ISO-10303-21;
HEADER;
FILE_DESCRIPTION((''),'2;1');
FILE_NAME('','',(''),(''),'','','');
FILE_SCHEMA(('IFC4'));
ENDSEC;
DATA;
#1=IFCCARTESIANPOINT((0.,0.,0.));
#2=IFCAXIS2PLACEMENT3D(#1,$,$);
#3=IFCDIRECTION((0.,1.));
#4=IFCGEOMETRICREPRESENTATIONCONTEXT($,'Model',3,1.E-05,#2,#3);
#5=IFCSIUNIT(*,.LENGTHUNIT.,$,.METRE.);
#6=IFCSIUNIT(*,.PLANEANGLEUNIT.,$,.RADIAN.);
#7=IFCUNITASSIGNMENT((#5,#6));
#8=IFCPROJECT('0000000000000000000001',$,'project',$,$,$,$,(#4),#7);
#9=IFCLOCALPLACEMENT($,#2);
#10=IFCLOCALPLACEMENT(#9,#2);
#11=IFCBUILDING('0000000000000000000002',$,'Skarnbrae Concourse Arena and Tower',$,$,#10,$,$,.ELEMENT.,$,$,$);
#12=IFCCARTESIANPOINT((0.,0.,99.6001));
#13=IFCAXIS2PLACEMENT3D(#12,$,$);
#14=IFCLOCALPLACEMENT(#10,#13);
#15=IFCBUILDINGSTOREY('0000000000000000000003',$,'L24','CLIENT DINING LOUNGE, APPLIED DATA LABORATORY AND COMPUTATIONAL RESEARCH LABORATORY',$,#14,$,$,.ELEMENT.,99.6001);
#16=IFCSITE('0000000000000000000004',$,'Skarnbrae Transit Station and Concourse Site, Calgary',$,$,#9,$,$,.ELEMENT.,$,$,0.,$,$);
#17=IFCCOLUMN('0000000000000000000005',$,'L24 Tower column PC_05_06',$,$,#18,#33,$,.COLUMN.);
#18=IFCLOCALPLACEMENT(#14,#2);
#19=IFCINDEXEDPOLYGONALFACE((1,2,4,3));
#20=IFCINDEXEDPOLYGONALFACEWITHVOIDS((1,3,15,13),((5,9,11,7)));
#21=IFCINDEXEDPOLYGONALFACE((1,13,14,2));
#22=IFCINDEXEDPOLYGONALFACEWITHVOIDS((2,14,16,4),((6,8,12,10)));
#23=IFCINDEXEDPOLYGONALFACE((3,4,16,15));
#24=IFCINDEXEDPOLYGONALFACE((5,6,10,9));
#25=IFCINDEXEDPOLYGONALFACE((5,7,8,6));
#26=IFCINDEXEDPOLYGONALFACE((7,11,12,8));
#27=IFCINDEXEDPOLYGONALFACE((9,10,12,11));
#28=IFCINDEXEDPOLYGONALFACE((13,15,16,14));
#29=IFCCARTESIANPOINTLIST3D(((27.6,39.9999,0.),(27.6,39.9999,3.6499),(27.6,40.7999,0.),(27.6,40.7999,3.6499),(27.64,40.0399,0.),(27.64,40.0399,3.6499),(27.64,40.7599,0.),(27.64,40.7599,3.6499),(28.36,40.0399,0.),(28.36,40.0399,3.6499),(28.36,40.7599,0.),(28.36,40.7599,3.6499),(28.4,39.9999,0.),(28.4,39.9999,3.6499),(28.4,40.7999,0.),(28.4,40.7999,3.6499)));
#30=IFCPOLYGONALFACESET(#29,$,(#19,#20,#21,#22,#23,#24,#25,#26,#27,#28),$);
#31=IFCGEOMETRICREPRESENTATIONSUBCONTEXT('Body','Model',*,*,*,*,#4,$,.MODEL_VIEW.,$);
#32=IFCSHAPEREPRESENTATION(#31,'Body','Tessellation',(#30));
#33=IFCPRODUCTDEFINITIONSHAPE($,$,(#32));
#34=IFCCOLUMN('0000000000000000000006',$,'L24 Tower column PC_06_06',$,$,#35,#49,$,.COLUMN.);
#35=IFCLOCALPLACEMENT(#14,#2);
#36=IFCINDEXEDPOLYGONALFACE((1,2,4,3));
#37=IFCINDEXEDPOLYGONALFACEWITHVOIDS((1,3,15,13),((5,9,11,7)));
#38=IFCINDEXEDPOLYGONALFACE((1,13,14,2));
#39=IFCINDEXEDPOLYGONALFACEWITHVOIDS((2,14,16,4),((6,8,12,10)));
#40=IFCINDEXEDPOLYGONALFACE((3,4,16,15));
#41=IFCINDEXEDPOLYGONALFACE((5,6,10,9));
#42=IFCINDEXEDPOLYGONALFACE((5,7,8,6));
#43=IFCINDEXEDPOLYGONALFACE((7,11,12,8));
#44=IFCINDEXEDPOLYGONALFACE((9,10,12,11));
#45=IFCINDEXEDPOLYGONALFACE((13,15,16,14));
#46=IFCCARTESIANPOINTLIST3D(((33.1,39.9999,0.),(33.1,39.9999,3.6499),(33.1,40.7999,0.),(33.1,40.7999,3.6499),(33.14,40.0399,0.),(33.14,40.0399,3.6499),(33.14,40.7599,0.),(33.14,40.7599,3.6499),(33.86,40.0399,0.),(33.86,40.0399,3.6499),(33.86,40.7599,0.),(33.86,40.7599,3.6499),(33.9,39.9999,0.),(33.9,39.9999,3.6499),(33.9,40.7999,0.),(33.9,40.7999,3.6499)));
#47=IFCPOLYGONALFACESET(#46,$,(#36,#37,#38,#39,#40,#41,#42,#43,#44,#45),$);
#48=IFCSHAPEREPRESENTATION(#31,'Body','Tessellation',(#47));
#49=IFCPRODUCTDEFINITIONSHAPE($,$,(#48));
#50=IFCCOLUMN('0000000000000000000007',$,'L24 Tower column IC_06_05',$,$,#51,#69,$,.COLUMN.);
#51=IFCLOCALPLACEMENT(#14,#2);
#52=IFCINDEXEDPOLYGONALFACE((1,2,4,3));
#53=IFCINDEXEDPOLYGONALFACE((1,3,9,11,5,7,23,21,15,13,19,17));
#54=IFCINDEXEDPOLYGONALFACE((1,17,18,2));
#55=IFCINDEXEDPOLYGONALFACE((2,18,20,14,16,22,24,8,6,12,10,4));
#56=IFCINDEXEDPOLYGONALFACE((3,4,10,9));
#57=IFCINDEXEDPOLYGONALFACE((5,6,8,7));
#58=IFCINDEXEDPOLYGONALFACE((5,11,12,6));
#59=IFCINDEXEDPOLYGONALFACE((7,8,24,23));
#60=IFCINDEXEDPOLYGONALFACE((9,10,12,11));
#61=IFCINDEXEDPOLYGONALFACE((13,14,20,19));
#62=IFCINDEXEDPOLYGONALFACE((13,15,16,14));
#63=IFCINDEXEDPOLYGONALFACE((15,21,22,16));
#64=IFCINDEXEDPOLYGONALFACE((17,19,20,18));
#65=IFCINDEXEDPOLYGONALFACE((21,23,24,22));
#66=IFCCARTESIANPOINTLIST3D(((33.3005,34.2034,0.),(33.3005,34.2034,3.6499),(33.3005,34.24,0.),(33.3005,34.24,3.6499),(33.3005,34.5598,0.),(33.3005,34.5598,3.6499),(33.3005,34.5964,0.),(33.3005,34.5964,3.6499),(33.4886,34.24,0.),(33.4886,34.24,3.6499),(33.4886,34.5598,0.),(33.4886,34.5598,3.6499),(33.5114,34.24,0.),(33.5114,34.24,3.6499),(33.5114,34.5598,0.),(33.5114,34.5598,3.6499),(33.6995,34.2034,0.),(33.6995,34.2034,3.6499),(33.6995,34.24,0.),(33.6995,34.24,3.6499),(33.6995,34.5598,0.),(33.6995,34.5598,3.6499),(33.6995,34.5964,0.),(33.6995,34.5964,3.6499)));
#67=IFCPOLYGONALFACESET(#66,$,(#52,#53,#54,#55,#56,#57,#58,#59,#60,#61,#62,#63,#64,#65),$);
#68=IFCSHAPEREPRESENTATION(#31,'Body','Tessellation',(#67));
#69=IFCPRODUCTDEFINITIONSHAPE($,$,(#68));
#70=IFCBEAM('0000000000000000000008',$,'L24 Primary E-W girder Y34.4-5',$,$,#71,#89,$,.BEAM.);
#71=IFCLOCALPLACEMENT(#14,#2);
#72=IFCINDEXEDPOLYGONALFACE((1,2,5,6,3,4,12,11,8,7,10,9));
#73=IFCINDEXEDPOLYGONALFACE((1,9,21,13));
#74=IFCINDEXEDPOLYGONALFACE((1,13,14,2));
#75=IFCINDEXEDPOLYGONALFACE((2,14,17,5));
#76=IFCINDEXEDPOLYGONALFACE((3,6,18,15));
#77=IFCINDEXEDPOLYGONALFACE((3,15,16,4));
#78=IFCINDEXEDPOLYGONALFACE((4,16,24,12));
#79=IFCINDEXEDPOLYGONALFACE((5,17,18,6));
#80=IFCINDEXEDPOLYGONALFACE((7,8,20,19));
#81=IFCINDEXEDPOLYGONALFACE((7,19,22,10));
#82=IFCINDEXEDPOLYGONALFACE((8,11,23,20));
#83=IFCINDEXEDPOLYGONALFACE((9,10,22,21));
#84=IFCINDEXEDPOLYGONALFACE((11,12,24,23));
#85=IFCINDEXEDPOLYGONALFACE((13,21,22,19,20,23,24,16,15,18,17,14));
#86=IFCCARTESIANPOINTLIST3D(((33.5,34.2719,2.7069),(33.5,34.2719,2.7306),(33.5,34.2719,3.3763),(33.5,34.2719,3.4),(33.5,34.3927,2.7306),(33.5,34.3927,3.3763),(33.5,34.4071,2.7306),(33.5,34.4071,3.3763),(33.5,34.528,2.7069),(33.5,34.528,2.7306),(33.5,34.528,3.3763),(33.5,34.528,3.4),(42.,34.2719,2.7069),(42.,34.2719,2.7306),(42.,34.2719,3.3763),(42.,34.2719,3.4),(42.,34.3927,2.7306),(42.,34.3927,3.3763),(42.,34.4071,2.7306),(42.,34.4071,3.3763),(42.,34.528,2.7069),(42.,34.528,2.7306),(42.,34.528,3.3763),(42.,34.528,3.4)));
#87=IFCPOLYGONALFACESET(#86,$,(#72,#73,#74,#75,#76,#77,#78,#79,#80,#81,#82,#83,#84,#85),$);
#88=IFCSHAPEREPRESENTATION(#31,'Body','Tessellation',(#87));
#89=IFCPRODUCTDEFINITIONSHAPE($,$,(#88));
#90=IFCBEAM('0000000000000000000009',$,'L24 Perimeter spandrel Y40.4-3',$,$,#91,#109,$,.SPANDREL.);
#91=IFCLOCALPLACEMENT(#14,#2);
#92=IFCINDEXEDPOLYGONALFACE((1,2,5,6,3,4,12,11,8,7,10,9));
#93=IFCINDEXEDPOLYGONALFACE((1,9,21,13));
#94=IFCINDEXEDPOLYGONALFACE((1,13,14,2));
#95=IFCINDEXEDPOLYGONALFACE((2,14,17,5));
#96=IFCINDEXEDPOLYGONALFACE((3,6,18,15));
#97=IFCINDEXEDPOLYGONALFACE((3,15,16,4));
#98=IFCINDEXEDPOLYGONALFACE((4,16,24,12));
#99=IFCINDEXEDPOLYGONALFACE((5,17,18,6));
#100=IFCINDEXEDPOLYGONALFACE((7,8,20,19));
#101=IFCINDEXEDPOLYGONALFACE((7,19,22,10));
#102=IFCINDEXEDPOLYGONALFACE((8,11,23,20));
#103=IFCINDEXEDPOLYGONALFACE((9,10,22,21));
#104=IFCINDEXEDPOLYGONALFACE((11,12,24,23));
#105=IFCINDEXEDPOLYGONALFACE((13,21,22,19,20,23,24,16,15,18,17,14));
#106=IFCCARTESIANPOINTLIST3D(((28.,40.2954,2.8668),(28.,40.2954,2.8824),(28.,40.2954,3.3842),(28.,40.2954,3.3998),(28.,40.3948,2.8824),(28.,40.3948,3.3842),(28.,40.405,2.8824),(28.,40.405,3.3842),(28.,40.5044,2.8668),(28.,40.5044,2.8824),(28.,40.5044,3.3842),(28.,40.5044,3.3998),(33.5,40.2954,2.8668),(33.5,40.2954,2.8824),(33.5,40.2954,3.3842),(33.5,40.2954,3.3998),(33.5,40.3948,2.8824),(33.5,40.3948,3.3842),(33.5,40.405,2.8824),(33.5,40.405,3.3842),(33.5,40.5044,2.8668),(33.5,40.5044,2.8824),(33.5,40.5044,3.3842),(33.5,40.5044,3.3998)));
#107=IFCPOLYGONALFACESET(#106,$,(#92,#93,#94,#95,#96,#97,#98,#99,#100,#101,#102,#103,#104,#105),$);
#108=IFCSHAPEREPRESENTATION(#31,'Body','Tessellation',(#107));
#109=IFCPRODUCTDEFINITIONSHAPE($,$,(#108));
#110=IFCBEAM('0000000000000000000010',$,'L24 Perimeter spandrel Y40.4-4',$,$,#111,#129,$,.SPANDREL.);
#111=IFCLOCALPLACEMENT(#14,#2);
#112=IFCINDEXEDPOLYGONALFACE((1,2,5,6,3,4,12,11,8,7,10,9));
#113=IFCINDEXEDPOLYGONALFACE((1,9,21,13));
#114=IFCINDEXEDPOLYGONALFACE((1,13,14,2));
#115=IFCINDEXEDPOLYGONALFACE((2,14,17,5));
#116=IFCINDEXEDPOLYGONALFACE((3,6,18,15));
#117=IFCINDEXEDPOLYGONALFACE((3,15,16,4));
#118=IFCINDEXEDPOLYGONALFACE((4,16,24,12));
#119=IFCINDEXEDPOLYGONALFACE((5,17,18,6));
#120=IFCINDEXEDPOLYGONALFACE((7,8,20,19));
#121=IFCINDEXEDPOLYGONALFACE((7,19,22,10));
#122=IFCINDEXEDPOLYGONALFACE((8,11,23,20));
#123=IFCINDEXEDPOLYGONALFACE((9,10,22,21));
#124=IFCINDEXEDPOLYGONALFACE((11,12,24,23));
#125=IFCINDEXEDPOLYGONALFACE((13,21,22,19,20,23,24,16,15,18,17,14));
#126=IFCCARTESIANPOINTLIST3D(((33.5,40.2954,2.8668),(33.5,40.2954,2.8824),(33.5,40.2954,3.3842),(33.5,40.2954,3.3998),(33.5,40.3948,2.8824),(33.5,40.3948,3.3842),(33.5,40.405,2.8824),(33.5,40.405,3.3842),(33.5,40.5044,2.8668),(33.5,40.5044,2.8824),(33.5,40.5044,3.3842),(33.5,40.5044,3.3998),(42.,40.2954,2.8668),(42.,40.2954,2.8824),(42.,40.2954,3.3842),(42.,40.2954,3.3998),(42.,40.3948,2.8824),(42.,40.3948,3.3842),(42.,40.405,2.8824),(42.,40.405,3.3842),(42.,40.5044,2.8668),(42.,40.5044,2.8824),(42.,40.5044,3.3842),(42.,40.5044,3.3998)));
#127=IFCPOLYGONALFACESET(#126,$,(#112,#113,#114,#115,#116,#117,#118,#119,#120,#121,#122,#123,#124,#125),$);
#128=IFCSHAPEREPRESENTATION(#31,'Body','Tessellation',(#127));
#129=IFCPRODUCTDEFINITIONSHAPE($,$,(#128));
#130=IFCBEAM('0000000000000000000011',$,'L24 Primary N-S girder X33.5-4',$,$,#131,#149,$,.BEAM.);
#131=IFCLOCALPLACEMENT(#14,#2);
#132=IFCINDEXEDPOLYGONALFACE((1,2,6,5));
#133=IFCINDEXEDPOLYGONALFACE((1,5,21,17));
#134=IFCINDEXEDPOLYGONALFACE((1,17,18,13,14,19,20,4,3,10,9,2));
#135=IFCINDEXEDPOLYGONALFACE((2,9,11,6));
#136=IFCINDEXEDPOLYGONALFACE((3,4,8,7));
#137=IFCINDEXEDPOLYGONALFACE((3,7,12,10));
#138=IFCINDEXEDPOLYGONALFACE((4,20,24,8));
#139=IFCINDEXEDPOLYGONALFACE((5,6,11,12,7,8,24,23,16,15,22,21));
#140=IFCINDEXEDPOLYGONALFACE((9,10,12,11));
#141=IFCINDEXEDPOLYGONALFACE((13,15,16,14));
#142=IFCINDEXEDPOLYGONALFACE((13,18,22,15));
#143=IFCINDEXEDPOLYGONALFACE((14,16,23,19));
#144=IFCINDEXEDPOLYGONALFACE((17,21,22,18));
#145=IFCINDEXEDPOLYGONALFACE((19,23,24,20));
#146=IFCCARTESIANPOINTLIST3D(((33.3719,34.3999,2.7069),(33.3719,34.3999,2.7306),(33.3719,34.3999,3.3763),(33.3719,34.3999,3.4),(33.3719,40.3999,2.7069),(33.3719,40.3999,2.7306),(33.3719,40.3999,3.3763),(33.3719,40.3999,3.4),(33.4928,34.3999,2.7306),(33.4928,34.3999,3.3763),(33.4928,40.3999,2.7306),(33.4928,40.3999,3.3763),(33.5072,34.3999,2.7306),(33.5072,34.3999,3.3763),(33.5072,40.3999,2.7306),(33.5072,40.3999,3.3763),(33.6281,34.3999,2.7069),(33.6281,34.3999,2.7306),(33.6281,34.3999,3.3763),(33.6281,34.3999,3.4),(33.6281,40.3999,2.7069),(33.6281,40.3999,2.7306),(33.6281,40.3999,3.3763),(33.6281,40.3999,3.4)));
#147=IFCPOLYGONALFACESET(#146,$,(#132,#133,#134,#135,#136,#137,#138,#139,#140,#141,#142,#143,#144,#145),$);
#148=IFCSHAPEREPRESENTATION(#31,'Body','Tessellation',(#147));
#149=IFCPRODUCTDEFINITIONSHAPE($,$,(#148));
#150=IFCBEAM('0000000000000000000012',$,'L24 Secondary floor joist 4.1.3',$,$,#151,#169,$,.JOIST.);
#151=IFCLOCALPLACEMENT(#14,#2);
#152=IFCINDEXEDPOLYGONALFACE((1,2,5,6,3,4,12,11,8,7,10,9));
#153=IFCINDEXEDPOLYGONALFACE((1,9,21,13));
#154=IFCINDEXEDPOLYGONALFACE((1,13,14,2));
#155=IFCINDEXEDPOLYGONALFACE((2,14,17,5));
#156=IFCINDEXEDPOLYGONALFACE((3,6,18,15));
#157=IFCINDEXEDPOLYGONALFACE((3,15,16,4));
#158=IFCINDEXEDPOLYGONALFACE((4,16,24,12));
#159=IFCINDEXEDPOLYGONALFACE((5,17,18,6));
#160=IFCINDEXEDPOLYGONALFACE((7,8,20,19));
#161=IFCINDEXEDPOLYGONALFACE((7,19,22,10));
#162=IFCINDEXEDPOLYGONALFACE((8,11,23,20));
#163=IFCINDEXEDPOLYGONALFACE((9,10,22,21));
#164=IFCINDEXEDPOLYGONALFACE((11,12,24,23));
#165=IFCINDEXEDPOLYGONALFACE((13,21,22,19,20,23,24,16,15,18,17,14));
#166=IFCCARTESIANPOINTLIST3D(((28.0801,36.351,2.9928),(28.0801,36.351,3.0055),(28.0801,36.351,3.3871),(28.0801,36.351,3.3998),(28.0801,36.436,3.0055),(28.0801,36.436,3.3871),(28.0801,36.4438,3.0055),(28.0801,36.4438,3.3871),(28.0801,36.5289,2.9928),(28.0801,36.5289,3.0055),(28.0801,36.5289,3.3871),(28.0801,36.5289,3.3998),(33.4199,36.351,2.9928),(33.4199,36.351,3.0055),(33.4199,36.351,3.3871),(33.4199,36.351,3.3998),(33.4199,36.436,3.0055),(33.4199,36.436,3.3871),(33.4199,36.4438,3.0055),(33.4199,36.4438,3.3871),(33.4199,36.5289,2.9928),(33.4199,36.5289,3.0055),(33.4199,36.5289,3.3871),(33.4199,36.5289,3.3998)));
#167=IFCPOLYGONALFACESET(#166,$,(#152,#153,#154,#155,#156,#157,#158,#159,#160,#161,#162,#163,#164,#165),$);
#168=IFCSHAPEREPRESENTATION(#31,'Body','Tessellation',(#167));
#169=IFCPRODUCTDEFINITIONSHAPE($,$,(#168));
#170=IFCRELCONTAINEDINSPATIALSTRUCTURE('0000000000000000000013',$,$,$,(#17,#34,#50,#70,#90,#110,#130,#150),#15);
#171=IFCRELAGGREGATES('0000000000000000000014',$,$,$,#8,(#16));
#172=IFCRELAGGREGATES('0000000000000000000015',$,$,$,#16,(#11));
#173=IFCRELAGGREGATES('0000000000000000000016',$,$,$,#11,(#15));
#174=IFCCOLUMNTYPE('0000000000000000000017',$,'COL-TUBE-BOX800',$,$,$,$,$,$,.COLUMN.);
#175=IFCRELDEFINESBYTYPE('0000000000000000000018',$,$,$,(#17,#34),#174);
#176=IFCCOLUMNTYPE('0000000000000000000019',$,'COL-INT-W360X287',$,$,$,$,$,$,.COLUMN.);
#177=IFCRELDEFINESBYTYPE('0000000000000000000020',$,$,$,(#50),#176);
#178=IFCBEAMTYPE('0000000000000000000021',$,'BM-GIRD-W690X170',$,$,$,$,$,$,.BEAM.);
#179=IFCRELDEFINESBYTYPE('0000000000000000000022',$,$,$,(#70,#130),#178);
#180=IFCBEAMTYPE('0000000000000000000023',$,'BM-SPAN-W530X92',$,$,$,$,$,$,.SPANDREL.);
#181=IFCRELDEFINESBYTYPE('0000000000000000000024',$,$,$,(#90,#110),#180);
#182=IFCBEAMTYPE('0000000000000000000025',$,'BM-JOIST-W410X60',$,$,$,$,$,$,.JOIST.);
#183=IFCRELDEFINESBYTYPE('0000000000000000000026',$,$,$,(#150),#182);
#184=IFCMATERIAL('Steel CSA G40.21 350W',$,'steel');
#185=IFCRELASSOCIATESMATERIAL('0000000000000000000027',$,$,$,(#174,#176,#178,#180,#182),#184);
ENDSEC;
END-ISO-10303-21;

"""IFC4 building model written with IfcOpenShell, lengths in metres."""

from ifc_helpers import new_model, si_unit, direction, frame, origin, origin_2d, place, context, subcontext, project, spatial, hollow_rectangle, i_section, extrude, source, transform, mapped, material, material_profile, profile_set, type_object, element, save


model = new_model("IFC4")

# Units and contexts
model_context = context("Model", 3, precision=1e-05, world=origin(), true_north=direction((0.0, 1.0)))
body_context = subcontext(model_context, "Body", "Model", "MODEL_VIEW")
ifc_project = project(units=[si_unit("LENGTHUNIT", "METRE"), si_unit("PLANEANGLEUNIT", "RADIAN")], contexts=[model_context])

# Site, building, storey
site_placement = place(None, origin())
site = spatial("IfcSite", under=ifc_project, at=site_placement, Name="Skarnbrae Transit Station and Concourse Site, Calgary", CompositionType="ELEMENT", RefElevation=0.0)
building_placement = place(site_placement, origin())
building = spatial("IfcBuilding", under=site, at=building_placement, Name="Skarnbrae Concourse Arena and Tower", CompositionType="ELEMENT")
storey_placement = place(building_placement, frame((0.0, 0.0, 99.6001)))
storey = spatial("IfcBuildingStorey", under=building, at=storey_placement, Name="L24", Description="CLIENT DINING LOUNGE, APPLIED DATA LABORATORY AND COMPUTATIONAL RESEARCH LABORATORY", CompositionType="ELEMENT", Elevation=99.6001)

# Columns
ifc_material_1 = material(Name="Steel CSA G40.21 350W", Category="steel")
ifc_material_profile_1 = material_profile(ifc_material_1, hollow_rectangle(XDim=0.8, YDim=0.8, WallThickness=0.04, at=origin_2d()), Name="BOX800X800X40")
ifc_profile_set_1 = profile_set([ifc_material_profile_1], Name="Steel CSA G40.21 350W")
column_type_1 = type_object("IfcColumnType", Name="COL-TUBE-BOX800", PredefinedType="COLUMN", material=ifc_profile_set_1)
shared_shape_1 = source(origin(), body_context, "Body", "SweptSolid", [
    extrude(hollow_rectangle(XDim=0.8, YDim=0.8, WallThickness=0.04, at=origin_2d()), origin(), (0.0, 0.0, 1.0), 3.6499),
])
for number, where, z_axis, x_axis, name in (
    (1, (28.0, 40.3999, 0.0), (0.0, 0.0, 1.0), (1.0, 0.0, 0.0), "L24 Tower column PC_05_06"),
    (2, (33.5, 40.3999, 0.0), (0.0, 0.0, 1.0), (1.0, 0.0, 0.0), "L24 Tower column PC_06_06"),
):
    element("IfcColumn", number, at=place(storey_placement, frame(where, z_axis=z_axis, x_axis=x_axis)), inside=storey, type_object=column_type_1, Name=name, PredefinedType="COLUMN", context=body_context, shape_type="MappedRepresentation", body=[
        mapped(shared_shape_1, transform((0.0, 0.0, 0.0))),
    ])
ifc_material_profile_2 = material_profile(ifc_material_1, i_section(OverallWidth=0.3989, OverallDepth=0.3931, WebThickness=0.0227, FlangeThickness=0.0366, at=origin_2d()), Name="W360X287")
ifc_profile_set_2 = profile_set([ifc_material_profile_2], Name="Steel CSA G40.21 350W")
column_type_2 = type_object("IfcColumnType", Name="COL-INT-W360X287", PredefinedType="COLUMN", material=ifc_profile_set_2)
shared_shape_2 = source(origin(), body_context, "Body", "SweptSolid", [
    extrude(i_section(OverallWidth=0.3989, OverallDepth=0.3931, WebThickness=0.0227, FlangeThickness=0.0366, at=origin_2d()), origin(), (0.0, 0.0, 1.0), 3.6499),
])
column_placement = place(storey_placement, frame((33.5, 34.3999, 0.0), z_axis=(0.0, 0.0, 1.0), x_axis=(1.0, 0.0, 0.0)))
element("IfcColumn", 3, at=column_placement, inside=storey, type_object=column_type_2, Name="L24 Tower column IC_06_05", PredefinedType="COLUMN", context=body_context, shape_type="MappedRepresentation", body=[
    mapped(shared_shape_2, transform((0.0, 0.0, 0.0))),
])

# Beams
ifc_material_profile_3 = material_profile(ifc_material_1, i_section(OverallWidth=0.2561, OverallDepth=0.6931, WebThickness=0.0144, FlangeThickness=0.0237, at=origin_2d()), Name="W690X170")
ifc_profile_set_3 = profile_set([ifc_material_profile_3], Name="Steel CSA G40.21 350W")
beam_type_1 = type_object("IfcBeamType", Name="BM-GIRD-W690X170", PredefinedType="BEAM", material=ifc_profile_set_3)
shared_shape_3 = source(origin(), body_context, "Body", "SweptSolid", [
    extrude(i_section(OverallWidth=0.2561, OverallDepth=0.6931, WebThickness=0.0144, FlangeThickness=0.0237, at=origin_2d()), origin(), (0.0, 0.0, 1.0), 8.5),
])
beam_1_placement = place(storey_placement, frame((33.5, 34.3999, 3.0535), z_axis=(1.0, 0.0, 0.0), x_axis=(0.0, 1.0, 0.0)))
element("IfcBeam", 4, at=beam_1_placement, inside=storey, type_object=beam_type_1, Name="L24 Primary E-W girder Y34.4-5", PredefinedType="BEAM", context=body_context, shape_type="MappedRepresentation", body=[
    mapped(shared_shape_3, transform((0.0, 0.0, 0.0))),
])
ifc_material_profile_4 = material_profile(ifc_material_1, i_section(OverallWidth=0.209, OverallDepth=0.533, WebThickness=0.0103, FlangeThickness=0.0156, at=origin_2d()), Name="W530X92")
ifc_profile_set_4 = profile_set([ifc_material_profile_4], Name="Steel CSA G40.21 350W")
beam_type_2 = type_object("IfcBeamType", Name="BM-SPAN-W530X92", PredefinedType="SPANDREL", material=ifc_profile_set_4)
shared_shape_4 = source(origin(), body_context, "Body", "SweptSolid", [
    extrude(i_section(OverallWidth=0.209, OverallDepth=0.533, WebThickness=0.0103, FlangeThickness=0.0156, at=origin_2d()), origin(), (0.0, 0.0, 1.0), 5.5),
])
beam_2_placement = place(storey_placement, frame((28.0, 40.3999, 3.1333), z_axis=(1.0, 0.0, 0.0), x_axis=(0.0, 1.0, 0.0)))
element("IfcBeam", 5, at=beam_2_placement, inside=storey, type_object=beam_type_2, Name="L24 Perimeter spandrel Y40.4-3", PredefinedType="SPANDREL", context=body_context, shape_type="MappedRepresentation", body=[
    mapped(shared_shape_4, transform((0.0, 0.0, 0.0))),
])
shared_shape_5 = source(origin(), body_context, "Body", "SweptSolid", [
    extrude(i_section(OverallWidth=0.209, OverallDepth=0.533, WebThickness=0.0103, FlangeThickness=0.0156, at=origin_2d()), origin(), (0.0, 0.0, 1.0), 8.5),
])
beam_3_placement = place(storey_placement, frame((33.5, 40.3999, 3.1333), z_axis=(1.0, 0.0, 0.0), x_axis=(0.0, 1.0, 0.0)))
element("IfcBeam", 6, at=beam_3_placement, inside=storey, type_object=beam_type_2, Name="L24 Perimeter spandrel Y40.4-4", PredefinedType="SPANDREL", context=body_context, shape_type="MappedRepresentation", body=[
    mapped(shared_shape_5, transform((0.0, 0.0, 0.0))),
])
shared_shape_6 = source(origin(), body_context, "Body", "SweptSolid", [
    extrude(i_section(OverallWidth=0.2561, OverallDepth=0.6931, WebThickness=0.0144, FlangeThickness=0.0237, at=origin_2d()), origin(), (0.0, 0.0, 1.0), 6.0),
])
beam_4_placement = place(storey_placement, frame((33.5, 34.3999, 3.0535), z_axis=(0.0, 1.0, 0.0), x_axis=(-1.0, 0.0, 0.0)))
element("IfcBeam", 7, at=beam_4_placement, inside=storey, type_object=beam_type_1, Name="L24 Primary N-S girder X33.5-4", PredefinedType="BEAM", context=body_context, shape_type="MappedRepresentation", body=[
    mapped(shared_shape_6, transform((0.0, 0.0, 0.0))),
])
ifc_material_profile_5 = material_profile(ifc_material_1, i_section(OverallWidth=0.178, OverallDepth=0.407, WebThickness=0.0078, FlangeThickness=0.0127, at=origin_2d()), Name="W410X60")
ifc_profile_set_5 = profile_set([ifc_material_profile_5], Name="Steel CSA G40.21 350W")
beam_type_3 = type_object("IfcBeamType", Name="BM-JOIST-W410X60", PredefinedType="JOIST", material=ifc_profile_set_5)
shared_shape_7 = source(origin(), body_context, "Body", "SweptSolid", [
    extrude(i_section(OverallWidth=0.178, OverallDepth=0.407, WebThickness=0.0078, FlangeThickness=0.0127, at=origin_2d()), origin(), (0.0, 0.0, 1.0), 5.3398),
])
for number, where, z_axis, x_axis, name in (
    (8, (28.0801, 36.4399, 3.1963), (1.0, 0.0, 0.0), (0.0, 1.0, 0.0), "L24 Secondary floor joist 4.1.3"),
):
    element("IfcBeam", number, at=place(storey_placement, frame(where, z_axis=z_axis, x_axis=x_axis)), inside=storey, type_object=beam_type_3, Name=name, PredefinedType="JOIST", context=body_context, shape_type="MappedRepresentation", body=[
        mapped(shared_shape_7, transform((0.0, 0.0, 0.0))),
    ])

save(model, "model.ifc")
